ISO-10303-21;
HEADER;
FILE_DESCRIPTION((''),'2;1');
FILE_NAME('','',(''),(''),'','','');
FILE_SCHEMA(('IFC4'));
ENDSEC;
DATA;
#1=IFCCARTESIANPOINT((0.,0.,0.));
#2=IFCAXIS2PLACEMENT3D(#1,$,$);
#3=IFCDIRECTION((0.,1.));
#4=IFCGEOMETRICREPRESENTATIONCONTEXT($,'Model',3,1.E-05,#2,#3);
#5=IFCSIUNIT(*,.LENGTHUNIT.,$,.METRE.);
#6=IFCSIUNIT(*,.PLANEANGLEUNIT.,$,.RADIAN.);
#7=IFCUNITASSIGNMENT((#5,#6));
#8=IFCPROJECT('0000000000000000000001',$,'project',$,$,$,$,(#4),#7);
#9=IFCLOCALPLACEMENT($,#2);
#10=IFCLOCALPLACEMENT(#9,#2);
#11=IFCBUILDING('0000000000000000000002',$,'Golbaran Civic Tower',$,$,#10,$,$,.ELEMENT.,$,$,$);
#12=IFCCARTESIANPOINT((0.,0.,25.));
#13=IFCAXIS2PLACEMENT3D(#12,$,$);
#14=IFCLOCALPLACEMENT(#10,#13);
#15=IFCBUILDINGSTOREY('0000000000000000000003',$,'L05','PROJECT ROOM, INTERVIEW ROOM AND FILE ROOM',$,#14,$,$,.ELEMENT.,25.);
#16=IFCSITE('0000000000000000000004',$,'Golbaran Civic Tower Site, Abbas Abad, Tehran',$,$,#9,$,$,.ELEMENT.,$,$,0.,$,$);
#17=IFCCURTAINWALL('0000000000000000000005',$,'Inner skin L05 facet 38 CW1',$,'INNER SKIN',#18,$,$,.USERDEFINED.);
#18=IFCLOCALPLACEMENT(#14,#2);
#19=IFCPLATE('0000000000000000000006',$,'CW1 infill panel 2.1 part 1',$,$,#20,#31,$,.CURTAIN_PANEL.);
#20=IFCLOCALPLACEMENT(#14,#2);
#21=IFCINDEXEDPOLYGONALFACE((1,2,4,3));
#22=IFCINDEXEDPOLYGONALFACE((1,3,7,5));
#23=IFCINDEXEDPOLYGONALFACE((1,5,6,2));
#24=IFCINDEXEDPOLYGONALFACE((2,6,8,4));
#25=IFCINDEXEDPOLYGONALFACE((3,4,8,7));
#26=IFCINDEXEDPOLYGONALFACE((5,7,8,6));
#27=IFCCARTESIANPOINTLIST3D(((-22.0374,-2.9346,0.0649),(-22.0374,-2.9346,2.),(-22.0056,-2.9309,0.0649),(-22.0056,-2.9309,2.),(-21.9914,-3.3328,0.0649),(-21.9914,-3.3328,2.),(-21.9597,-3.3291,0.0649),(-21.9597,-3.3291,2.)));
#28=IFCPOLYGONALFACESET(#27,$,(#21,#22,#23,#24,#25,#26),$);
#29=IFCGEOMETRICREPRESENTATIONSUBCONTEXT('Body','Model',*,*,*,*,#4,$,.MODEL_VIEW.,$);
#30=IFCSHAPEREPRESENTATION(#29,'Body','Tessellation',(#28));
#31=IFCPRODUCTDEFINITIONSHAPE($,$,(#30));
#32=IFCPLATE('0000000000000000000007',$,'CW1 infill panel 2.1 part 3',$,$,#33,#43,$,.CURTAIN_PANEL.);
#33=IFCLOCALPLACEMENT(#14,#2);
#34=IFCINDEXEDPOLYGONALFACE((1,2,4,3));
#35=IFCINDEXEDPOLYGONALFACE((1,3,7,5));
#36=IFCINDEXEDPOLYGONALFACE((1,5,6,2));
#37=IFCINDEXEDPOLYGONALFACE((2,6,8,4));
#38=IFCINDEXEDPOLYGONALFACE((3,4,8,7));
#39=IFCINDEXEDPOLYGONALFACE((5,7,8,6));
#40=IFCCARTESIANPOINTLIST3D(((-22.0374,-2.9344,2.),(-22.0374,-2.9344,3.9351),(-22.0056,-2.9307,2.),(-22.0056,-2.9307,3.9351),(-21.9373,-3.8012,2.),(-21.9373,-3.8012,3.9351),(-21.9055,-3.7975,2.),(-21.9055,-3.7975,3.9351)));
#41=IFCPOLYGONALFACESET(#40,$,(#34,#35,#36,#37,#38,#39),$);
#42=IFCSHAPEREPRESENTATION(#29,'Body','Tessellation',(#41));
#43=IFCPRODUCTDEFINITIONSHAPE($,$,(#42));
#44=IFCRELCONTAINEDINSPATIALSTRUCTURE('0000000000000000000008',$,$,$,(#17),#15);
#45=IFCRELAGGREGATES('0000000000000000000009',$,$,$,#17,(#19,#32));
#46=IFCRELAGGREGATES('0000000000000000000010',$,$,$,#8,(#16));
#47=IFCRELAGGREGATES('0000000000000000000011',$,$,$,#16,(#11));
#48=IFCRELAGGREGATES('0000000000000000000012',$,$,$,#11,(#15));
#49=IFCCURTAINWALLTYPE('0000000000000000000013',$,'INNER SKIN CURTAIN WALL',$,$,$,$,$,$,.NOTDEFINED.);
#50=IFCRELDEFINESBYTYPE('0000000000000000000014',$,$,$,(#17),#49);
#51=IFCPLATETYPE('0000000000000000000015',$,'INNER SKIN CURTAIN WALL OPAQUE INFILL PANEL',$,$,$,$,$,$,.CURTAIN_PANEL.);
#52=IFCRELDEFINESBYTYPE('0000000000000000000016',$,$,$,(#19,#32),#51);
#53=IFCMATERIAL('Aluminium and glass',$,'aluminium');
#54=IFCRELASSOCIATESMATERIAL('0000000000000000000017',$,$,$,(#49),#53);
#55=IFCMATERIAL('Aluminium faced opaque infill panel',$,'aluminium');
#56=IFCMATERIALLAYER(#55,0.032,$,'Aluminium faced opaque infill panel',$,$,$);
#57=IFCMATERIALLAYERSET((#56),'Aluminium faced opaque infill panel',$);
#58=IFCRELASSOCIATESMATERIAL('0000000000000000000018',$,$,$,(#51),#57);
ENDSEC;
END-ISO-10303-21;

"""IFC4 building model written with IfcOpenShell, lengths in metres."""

from ifc_helpers import new_model, si_unit, direction, frame, origin, origin_2d, place, context, subcontext, project, spatial, rectangle, extrude, material, layer, layer_set, type_object, element, aggregate, save


model = new_model("IFC4")

# Units and contexts
model_context = context("Model", 3, precision=1e-05, world=origin(), true_north=direction((0.0, 1.0)))
body_context = subcontext(model_context, "Body", "Model", "MODEL_VIEW")
ifc_project = project(units=[si_unit("LENGTHUNIT", "METRE"), si_unit("PLANEANGLEUNIT", "RADIAN")], contexts=[model_context])

# Site, building, storey
site_placement = place(None, origin())
site = spatial("IfcSite", under=ifc_project, at=site_placement, Name="Golbaran Civic Tower Site, Abbas Abad, Tehran", CompositionType="ELEMENT", RefElevation=0.0)
building_placement = place(site_placement, origin())
building = spatial("IfcBuilding", under=site, at=building_placement, Name="Golbaran Civic Tower", CompositionType="ELEMENT")
storey_placement = place(building_placement, frame((0.0, 0.0, 25.0)))
storey = spatial("IfcBuildingStorey", under=building, at=storey_placement, Name="L05", Description="PROJECT ROOM, INTERVIEW ROOM AND FILE ROOM", CompositionType="ELEMENT", Elevation=25.0)

# Shared definitions
ifc_material_1 = material(Name="Aluminium and glass", Category="aluminium")
curtain_wall_type = type_object("IfcCurtainWallType", Name="INNER SKIN CURTAIN WALL", PredefinedType="NOTDEFINED", material=ifc_material_1)

# Curtain wall
curtain_wall_1_placement = place(storey_placement, origin())
curtain_wall_1 = element("IfcCurtainWall", 1, at=curtain_wall_1_placement, inside=storey, type_object=curtain_wall_type, Name="Inner skin L05 facet 38 CW1", ObjectType="INNER SKIN", PredefinedType="USERDEFINED")

# Plates
ifc_material_2 = material(Name="Aluminium faced opaque infill panel", Category="aluminium")
ifc_layer_1 = layer(ifc_material_2, 0.032, Name="Aluminium faced opaque infill panel")
ifc_layer_set_1 = layer_set([ifc_layer_1], Name="Aluminium faced opaque infill panel")
plate_type_1 = type_object("IfcPlateType", Name="INNER SKIN CURTAIN WALL OPAQUE INFILL PANEL", PredefinedType="CURTAIN_PANEL", material=ifc_layer_set_1)
plate_1_placement = place(storey_placement, frame((-21.9985, -3.1318, 0.0649), z_axis=(0.0, 0.0, 1.0), x_axis=(0.114683, -0.993402, 0.0)))
plate_1 = element("IfcPlate", 2, at=plate_1_placement, type_object=plate_type_1, Name="CW1 infill panel 2.1 part 1", PredefinedType="CURTAIN_PANEL", context=body_context, shape_type="SweptSolid", body=[
    extrude(rectangle(XDim=0.4009, YDim=0.032, at=origin_2d()), origin(), (0.0, 0.0, 1.0), 1.9351),
])
plate_2_placement = place(storey_placement, frame((-21.9714, -3.366, 2.0), z_axis=(0.0, 0.0, 1.0), x_axis=(0.114683, -0.993402, 0.0)))
plate_2 = element("IfcPlate", 3, at=plate_2_placement, type_object=plate_type_1, Name="CW1 infill panel 2.1 part 3", PredefinedType="CURTAIN_PANEL", context=body_context, shape_type="SweptSolid", body=[
    extrude(rectangle(XDim=0.8726, YDim=0.032, at=origin_2d()), origin(), (0.0, 0.0, 1.0), 1.9351),
])
aggregate(curtain_wall_1, [plate_1, plate_2])

save(model, "model.ifc")
